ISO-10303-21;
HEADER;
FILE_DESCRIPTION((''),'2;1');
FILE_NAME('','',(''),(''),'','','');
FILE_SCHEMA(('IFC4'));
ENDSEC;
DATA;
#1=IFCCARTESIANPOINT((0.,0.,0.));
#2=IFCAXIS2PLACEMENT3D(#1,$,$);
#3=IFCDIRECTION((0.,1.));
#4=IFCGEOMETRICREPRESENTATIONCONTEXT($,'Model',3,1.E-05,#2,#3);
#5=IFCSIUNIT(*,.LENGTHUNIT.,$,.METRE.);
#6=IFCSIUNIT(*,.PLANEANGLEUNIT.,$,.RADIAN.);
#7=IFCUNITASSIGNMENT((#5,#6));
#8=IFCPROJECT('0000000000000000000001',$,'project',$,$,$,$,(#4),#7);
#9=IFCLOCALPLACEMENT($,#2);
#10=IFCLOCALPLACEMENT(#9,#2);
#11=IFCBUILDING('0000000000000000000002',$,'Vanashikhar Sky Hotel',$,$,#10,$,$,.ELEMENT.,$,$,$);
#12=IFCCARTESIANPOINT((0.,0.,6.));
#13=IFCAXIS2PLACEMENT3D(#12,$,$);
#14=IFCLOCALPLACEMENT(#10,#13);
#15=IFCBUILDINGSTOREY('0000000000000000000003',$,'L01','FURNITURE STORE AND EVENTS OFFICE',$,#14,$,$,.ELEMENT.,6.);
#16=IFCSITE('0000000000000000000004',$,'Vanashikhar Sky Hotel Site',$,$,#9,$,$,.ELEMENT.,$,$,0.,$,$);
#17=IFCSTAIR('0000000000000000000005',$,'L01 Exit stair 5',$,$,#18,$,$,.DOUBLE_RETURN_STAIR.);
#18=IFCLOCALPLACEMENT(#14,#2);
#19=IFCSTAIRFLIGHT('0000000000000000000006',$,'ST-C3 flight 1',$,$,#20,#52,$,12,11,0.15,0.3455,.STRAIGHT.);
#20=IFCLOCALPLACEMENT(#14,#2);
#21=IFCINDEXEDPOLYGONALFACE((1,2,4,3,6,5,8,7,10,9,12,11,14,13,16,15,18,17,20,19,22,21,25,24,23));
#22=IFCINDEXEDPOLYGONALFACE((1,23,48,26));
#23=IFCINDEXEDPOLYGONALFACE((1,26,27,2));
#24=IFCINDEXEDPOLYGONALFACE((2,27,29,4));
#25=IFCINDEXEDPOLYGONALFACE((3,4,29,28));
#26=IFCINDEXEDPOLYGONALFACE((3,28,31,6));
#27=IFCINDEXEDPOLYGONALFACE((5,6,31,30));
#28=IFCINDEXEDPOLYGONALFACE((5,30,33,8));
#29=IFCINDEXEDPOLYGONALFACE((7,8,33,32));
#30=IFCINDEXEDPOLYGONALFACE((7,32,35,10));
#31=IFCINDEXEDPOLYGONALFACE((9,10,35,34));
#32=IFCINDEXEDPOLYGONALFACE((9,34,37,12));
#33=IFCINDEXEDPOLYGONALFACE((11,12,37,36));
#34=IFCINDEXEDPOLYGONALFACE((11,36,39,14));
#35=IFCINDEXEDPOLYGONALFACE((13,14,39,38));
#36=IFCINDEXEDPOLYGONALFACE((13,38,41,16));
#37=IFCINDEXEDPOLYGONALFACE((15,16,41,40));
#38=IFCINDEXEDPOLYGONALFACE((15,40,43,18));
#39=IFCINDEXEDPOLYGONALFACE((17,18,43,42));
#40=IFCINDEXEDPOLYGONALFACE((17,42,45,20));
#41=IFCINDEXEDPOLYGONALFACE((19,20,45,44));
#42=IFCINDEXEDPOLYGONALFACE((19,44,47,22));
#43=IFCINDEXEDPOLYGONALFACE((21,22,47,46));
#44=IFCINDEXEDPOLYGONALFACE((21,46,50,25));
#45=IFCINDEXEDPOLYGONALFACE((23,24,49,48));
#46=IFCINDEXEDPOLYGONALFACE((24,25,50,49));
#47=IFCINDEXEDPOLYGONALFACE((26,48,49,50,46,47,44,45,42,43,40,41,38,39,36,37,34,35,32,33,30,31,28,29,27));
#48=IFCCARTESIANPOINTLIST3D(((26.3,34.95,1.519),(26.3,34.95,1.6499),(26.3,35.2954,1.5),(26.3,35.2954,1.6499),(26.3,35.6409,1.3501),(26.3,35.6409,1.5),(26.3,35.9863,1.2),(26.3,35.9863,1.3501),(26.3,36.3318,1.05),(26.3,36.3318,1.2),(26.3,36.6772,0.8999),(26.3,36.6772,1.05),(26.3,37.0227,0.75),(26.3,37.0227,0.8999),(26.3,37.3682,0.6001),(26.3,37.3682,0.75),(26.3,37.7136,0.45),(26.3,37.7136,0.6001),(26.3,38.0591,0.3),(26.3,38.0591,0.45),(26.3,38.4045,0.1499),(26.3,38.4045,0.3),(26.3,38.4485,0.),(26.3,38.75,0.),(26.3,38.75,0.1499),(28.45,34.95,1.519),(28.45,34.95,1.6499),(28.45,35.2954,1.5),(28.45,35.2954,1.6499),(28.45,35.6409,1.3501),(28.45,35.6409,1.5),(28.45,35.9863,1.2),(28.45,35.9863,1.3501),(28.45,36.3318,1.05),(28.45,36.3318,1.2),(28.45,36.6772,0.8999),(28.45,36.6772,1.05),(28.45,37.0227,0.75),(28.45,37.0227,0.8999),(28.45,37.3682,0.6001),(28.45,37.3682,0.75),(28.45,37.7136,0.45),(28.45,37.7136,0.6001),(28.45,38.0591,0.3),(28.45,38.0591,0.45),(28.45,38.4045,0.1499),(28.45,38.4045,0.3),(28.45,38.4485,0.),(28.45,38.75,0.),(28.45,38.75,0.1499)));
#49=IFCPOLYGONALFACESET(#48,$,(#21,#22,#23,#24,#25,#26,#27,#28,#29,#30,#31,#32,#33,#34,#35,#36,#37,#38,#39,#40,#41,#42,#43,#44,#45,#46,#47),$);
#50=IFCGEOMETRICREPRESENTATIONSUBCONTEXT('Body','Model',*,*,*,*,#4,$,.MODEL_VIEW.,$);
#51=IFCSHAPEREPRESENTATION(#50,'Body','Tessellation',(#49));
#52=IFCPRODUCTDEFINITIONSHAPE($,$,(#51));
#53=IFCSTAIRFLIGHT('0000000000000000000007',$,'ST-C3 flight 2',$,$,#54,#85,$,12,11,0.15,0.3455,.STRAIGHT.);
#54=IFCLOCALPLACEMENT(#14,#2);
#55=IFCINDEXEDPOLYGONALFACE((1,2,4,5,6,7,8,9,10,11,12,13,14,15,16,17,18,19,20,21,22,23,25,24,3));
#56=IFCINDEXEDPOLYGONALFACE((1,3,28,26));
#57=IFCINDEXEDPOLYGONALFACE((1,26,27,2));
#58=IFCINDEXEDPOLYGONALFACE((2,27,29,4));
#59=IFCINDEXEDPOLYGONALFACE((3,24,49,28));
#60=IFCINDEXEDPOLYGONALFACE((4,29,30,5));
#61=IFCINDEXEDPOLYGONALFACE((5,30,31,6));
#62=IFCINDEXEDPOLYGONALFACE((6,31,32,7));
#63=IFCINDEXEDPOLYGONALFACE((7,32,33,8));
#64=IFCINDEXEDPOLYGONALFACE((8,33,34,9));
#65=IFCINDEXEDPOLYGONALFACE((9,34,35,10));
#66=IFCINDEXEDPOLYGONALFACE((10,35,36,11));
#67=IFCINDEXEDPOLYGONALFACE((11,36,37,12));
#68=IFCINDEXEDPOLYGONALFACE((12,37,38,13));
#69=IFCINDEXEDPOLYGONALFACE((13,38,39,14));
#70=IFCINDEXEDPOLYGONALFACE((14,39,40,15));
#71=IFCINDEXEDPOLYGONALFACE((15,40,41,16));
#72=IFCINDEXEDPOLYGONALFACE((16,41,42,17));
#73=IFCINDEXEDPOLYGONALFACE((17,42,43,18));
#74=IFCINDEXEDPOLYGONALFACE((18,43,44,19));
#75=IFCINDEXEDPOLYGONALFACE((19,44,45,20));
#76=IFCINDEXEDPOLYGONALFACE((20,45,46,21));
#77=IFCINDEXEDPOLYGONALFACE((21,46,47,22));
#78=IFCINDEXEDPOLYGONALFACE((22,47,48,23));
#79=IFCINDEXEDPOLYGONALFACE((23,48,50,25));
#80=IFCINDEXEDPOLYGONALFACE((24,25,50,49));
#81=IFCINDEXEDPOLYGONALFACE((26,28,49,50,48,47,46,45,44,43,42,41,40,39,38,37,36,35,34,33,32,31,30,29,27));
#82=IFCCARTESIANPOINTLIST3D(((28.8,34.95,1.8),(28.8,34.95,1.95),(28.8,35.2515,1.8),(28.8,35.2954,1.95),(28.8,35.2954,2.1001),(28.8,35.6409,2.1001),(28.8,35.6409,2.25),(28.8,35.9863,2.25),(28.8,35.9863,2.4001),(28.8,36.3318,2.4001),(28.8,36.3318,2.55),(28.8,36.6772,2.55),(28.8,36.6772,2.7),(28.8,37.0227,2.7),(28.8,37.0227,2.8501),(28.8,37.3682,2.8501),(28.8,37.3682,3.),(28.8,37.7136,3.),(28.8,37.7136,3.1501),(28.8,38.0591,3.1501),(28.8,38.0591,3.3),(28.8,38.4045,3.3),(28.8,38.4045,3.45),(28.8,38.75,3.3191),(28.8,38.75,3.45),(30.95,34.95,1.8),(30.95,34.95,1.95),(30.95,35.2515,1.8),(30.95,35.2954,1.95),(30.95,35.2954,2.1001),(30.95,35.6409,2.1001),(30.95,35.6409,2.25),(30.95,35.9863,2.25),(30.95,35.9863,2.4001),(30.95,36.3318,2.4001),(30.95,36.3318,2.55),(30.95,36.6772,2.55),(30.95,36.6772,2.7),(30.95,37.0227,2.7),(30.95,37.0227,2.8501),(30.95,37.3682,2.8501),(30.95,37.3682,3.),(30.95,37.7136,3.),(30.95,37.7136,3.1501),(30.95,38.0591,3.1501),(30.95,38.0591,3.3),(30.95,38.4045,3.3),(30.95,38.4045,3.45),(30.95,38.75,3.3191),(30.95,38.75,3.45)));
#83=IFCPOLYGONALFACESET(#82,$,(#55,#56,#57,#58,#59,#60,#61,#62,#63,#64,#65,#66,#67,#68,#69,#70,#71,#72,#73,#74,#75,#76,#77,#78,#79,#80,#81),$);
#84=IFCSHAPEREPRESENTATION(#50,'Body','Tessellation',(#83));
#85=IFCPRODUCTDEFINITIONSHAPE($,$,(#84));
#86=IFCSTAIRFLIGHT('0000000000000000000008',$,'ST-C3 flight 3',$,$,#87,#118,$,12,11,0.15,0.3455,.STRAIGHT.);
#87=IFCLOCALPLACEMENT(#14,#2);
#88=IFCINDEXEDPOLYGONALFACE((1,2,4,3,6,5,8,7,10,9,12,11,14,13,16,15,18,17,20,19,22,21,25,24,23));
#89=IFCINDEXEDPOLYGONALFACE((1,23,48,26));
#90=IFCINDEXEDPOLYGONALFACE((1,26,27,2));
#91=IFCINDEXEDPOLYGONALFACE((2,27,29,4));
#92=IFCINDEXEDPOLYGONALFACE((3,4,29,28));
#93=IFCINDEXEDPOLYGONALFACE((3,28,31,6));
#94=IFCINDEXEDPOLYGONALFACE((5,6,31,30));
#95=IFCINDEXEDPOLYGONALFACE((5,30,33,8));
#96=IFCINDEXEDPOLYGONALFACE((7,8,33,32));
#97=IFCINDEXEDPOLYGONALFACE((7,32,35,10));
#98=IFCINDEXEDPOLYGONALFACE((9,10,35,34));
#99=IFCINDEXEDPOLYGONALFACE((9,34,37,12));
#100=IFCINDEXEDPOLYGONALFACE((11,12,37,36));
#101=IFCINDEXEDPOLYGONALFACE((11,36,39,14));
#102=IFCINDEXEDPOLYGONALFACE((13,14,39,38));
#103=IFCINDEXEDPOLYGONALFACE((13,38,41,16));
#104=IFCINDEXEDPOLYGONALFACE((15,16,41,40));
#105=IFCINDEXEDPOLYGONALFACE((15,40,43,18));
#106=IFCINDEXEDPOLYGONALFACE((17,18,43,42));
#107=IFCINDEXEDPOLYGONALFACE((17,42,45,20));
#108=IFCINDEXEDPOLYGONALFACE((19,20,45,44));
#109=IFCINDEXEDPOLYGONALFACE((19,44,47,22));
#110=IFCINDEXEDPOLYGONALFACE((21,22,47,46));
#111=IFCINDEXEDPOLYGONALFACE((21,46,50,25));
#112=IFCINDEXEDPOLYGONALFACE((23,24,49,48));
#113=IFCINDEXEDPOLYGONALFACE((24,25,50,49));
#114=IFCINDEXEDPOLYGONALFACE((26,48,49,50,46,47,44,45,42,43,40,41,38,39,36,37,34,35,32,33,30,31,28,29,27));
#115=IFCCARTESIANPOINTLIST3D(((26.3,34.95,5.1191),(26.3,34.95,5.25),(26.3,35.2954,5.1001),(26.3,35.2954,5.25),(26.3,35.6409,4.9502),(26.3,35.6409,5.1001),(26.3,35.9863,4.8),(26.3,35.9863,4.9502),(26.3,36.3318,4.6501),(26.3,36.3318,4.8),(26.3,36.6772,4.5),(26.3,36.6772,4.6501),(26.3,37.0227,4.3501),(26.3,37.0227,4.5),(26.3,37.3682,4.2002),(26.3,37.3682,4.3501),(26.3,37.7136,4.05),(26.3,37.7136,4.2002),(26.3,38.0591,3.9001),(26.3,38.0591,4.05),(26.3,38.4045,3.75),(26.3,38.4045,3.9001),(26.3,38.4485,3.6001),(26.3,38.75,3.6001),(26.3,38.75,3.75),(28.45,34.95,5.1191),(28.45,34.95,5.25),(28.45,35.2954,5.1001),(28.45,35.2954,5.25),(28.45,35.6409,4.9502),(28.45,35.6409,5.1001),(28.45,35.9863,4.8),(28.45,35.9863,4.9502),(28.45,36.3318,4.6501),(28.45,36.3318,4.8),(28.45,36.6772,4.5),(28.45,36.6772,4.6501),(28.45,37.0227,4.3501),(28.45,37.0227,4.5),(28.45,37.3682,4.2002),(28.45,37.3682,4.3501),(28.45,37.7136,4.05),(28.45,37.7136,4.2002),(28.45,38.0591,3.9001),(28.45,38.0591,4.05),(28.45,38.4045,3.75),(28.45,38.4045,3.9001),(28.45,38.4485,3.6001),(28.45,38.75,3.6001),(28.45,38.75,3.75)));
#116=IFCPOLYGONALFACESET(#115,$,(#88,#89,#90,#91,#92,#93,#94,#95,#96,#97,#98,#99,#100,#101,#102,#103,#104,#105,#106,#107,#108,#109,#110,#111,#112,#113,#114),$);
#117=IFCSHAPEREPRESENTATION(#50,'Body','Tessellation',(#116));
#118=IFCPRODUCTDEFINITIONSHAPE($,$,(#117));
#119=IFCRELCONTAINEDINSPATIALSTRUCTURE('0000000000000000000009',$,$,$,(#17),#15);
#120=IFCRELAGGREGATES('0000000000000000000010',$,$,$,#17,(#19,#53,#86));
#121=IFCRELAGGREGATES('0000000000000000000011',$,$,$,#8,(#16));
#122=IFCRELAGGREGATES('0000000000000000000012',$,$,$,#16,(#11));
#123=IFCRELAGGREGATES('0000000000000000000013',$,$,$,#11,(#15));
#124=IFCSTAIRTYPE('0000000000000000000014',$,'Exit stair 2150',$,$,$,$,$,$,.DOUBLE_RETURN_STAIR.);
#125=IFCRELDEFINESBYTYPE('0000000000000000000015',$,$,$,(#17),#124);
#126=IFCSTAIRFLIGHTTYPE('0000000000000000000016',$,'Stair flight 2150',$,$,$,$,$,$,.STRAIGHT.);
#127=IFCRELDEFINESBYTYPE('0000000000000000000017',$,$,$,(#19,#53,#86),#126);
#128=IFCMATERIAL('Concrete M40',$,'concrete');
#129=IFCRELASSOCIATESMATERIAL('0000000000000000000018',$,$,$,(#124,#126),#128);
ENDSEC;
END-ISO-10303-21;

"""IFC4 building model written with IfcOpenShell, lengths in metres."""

from ifc_helpers import new_model, si_unit, direction, frame, origin, place, context, subcontext, project, spatial, polyline, outline, extrude, source, transform, mapped, material, type_object, element, aggregate, save


model = new_model("IFC4")

# Units and contexts
model_context = context("Model", 3, precision=1e-05, world=origin(), true_north=direction((0.0, 1.0)))
body_context = subcontext(model_context, "Body", "Model", "MODEL_VIEW")
ifc_project = project(units=[si_unit("LENGTHUNIT", "METRE"), si_unit("PLANEANGLEUNIT", "RADIAN")], contexts=[model_context])

# Site, building, storey
site_placement = place(None, origin())
site = spatial("IfcSite", under=ifc_project, at=site_placement, Name="Vanashikhar Sky Hotel Site", CompositionType="ELEMENT", RefElevation=0.0)
building_placement = place(site_placement, origin())
building = spatial("IfcBuilding", under=site, at=building_placement, Name="Vanashikhar Sky Hotel", CompositionType="ELEMENT")
storey_placement = place(building_placement, frame((0.0, 0.0, 6.0)))
storey = spatial("IfcBuildingStorey", under=building, at=storey_placement, Name="L01", Description="FURNITURE STORE AND EVENTS OFFICE", CompositionType="ELEMENT", Elevation=6.0)

# Shared definitions
ifc_material_1 = material(Name="Concrete M40", Category="concrete")

# Stair, stair flights
stair_type = type_object("IfcStairType", Name="Exit stair 2150", PredefinedType="DOUBLE_RETURN_STAIR", material=ifc_material_1)
stair_placement = place(storey_placement, origin())
stair = element("IfcStair", 1, at=stair_placement, inside=storey, type_object=stair_type, Name="L01 Exit stair 5", PredefinedType="DOUBLE_RETURN_STAIR")
stair_flight_type = type_object("IfcStairFlightType", Name="Stair flight 2150", PredefinedType="STRAIGHT", material=ifc_material_1)
shared_shape_1 = source(origin(), body_context, "Body", "SweptSolid", [
    extrude(outline(polyline([(0.0, 0.0), (0.0, 0.1499), (0.3455, 0.1499), (0.3455, 0.3), (0.6909, 0.3), (0.6909, 0.45), (1.0364, 0.45), (1.0364, 0.6001), (1.3818, 0.6001), (1.3818, 0.75), (1.7273, 0.75), (1.7273, 0.8999), (2.0728, 0.8999), (2.0728, 1.05), (2.4182, 1.05), (2.4182, 1.2), (2.7637, 1.2), (2.7637, 1.3501), (3.1091, 1.3501), (3.1091, 1.5), (3.4546, 1.5), (3.4546, 1.6499), (3.8, 1.6499), (3.8, 1.8), (3.8, 1.519), (0.3015, 0.0), (0.0, 0.0)])), frame((0.0, 1.075, 0.0), z_axis=(0.0, -1.0, 0.0), x_axis=(1.0, 0.0, 0.0)), (0.0, 0.0, 1.0), 2.1499),
])
stair_flight_1_placement = place(storey_placement, frame((27.375, 38.75, 0.0), z_axis=(0.0, 0.0, 1.0), x_axis=(0.0, -1.0, 0.0)))
stair_flight_1 = element("IfcStairFlight", 2, at=stair_flight_1_placement, type_object=stair_flight_type, Name="ST-C3 flight 1", NumberOfRisers=12, NumberOfTreads=11, PredefinedType="STRAIGHT", RiserHeight=0.15, TreadLength=0.3455, context=body_context, shape_type="MappedRepresentation", body=[
    mapped(shared_shape_1, transform((0.0, 0.0, 0.0), scale=1.0)),
])
stair_flight_2_placement = place(storey_placement, frame((29.875, 34.95, 1.8), z_axis=(0.0, 0.0, 1.0), x_axis=(0.0, 1.0, 0.0)))
stair_flight_2 = element("IfcStairFlight", 3, at=stair_flight_2_placement, type_object=stair_flight_type, Name="ST-C3 flight 2", NumberOfRisers=12, NumberOfTreads=11, PredefinedType="STRAIGHT", RiserHeight=0.15, TreadLength=0.3455, context=body_context, shape_type="MappedRepresentation", body=[
    mapped(shared_shape_1, transform((0.0, 0.0, 0.0), scale=1.0)),
])
stair_flight_3_placement = place(storey_placement, frame((27.375, 38.75, 3.6001), z_axis=(0.0, 0.0, 1.0), x_axis=(0.0, -1.0, 0.0)))
stair_flight_3 = element("IfcStairFlight", 4, at=stair_flight_3_placement, type_object=stair_flight_type, Name="ST-C3 flight 3", NumberOfRisers=12, NumberOfTreads=11, PredefinedType="STRAIGHT", RiserHeight=0.15, TreadLength=0.3455, context=body_context, shape_type="MappedRepresentation", body=[
    mapped(shared_shape_1, transform((0.0, 0.0, 0.0), scale=1.0)),
])
aggregate(stair, [stair_flight_1, stair_flight_2, stair_flight_3])

save(model, "model.ifc")
